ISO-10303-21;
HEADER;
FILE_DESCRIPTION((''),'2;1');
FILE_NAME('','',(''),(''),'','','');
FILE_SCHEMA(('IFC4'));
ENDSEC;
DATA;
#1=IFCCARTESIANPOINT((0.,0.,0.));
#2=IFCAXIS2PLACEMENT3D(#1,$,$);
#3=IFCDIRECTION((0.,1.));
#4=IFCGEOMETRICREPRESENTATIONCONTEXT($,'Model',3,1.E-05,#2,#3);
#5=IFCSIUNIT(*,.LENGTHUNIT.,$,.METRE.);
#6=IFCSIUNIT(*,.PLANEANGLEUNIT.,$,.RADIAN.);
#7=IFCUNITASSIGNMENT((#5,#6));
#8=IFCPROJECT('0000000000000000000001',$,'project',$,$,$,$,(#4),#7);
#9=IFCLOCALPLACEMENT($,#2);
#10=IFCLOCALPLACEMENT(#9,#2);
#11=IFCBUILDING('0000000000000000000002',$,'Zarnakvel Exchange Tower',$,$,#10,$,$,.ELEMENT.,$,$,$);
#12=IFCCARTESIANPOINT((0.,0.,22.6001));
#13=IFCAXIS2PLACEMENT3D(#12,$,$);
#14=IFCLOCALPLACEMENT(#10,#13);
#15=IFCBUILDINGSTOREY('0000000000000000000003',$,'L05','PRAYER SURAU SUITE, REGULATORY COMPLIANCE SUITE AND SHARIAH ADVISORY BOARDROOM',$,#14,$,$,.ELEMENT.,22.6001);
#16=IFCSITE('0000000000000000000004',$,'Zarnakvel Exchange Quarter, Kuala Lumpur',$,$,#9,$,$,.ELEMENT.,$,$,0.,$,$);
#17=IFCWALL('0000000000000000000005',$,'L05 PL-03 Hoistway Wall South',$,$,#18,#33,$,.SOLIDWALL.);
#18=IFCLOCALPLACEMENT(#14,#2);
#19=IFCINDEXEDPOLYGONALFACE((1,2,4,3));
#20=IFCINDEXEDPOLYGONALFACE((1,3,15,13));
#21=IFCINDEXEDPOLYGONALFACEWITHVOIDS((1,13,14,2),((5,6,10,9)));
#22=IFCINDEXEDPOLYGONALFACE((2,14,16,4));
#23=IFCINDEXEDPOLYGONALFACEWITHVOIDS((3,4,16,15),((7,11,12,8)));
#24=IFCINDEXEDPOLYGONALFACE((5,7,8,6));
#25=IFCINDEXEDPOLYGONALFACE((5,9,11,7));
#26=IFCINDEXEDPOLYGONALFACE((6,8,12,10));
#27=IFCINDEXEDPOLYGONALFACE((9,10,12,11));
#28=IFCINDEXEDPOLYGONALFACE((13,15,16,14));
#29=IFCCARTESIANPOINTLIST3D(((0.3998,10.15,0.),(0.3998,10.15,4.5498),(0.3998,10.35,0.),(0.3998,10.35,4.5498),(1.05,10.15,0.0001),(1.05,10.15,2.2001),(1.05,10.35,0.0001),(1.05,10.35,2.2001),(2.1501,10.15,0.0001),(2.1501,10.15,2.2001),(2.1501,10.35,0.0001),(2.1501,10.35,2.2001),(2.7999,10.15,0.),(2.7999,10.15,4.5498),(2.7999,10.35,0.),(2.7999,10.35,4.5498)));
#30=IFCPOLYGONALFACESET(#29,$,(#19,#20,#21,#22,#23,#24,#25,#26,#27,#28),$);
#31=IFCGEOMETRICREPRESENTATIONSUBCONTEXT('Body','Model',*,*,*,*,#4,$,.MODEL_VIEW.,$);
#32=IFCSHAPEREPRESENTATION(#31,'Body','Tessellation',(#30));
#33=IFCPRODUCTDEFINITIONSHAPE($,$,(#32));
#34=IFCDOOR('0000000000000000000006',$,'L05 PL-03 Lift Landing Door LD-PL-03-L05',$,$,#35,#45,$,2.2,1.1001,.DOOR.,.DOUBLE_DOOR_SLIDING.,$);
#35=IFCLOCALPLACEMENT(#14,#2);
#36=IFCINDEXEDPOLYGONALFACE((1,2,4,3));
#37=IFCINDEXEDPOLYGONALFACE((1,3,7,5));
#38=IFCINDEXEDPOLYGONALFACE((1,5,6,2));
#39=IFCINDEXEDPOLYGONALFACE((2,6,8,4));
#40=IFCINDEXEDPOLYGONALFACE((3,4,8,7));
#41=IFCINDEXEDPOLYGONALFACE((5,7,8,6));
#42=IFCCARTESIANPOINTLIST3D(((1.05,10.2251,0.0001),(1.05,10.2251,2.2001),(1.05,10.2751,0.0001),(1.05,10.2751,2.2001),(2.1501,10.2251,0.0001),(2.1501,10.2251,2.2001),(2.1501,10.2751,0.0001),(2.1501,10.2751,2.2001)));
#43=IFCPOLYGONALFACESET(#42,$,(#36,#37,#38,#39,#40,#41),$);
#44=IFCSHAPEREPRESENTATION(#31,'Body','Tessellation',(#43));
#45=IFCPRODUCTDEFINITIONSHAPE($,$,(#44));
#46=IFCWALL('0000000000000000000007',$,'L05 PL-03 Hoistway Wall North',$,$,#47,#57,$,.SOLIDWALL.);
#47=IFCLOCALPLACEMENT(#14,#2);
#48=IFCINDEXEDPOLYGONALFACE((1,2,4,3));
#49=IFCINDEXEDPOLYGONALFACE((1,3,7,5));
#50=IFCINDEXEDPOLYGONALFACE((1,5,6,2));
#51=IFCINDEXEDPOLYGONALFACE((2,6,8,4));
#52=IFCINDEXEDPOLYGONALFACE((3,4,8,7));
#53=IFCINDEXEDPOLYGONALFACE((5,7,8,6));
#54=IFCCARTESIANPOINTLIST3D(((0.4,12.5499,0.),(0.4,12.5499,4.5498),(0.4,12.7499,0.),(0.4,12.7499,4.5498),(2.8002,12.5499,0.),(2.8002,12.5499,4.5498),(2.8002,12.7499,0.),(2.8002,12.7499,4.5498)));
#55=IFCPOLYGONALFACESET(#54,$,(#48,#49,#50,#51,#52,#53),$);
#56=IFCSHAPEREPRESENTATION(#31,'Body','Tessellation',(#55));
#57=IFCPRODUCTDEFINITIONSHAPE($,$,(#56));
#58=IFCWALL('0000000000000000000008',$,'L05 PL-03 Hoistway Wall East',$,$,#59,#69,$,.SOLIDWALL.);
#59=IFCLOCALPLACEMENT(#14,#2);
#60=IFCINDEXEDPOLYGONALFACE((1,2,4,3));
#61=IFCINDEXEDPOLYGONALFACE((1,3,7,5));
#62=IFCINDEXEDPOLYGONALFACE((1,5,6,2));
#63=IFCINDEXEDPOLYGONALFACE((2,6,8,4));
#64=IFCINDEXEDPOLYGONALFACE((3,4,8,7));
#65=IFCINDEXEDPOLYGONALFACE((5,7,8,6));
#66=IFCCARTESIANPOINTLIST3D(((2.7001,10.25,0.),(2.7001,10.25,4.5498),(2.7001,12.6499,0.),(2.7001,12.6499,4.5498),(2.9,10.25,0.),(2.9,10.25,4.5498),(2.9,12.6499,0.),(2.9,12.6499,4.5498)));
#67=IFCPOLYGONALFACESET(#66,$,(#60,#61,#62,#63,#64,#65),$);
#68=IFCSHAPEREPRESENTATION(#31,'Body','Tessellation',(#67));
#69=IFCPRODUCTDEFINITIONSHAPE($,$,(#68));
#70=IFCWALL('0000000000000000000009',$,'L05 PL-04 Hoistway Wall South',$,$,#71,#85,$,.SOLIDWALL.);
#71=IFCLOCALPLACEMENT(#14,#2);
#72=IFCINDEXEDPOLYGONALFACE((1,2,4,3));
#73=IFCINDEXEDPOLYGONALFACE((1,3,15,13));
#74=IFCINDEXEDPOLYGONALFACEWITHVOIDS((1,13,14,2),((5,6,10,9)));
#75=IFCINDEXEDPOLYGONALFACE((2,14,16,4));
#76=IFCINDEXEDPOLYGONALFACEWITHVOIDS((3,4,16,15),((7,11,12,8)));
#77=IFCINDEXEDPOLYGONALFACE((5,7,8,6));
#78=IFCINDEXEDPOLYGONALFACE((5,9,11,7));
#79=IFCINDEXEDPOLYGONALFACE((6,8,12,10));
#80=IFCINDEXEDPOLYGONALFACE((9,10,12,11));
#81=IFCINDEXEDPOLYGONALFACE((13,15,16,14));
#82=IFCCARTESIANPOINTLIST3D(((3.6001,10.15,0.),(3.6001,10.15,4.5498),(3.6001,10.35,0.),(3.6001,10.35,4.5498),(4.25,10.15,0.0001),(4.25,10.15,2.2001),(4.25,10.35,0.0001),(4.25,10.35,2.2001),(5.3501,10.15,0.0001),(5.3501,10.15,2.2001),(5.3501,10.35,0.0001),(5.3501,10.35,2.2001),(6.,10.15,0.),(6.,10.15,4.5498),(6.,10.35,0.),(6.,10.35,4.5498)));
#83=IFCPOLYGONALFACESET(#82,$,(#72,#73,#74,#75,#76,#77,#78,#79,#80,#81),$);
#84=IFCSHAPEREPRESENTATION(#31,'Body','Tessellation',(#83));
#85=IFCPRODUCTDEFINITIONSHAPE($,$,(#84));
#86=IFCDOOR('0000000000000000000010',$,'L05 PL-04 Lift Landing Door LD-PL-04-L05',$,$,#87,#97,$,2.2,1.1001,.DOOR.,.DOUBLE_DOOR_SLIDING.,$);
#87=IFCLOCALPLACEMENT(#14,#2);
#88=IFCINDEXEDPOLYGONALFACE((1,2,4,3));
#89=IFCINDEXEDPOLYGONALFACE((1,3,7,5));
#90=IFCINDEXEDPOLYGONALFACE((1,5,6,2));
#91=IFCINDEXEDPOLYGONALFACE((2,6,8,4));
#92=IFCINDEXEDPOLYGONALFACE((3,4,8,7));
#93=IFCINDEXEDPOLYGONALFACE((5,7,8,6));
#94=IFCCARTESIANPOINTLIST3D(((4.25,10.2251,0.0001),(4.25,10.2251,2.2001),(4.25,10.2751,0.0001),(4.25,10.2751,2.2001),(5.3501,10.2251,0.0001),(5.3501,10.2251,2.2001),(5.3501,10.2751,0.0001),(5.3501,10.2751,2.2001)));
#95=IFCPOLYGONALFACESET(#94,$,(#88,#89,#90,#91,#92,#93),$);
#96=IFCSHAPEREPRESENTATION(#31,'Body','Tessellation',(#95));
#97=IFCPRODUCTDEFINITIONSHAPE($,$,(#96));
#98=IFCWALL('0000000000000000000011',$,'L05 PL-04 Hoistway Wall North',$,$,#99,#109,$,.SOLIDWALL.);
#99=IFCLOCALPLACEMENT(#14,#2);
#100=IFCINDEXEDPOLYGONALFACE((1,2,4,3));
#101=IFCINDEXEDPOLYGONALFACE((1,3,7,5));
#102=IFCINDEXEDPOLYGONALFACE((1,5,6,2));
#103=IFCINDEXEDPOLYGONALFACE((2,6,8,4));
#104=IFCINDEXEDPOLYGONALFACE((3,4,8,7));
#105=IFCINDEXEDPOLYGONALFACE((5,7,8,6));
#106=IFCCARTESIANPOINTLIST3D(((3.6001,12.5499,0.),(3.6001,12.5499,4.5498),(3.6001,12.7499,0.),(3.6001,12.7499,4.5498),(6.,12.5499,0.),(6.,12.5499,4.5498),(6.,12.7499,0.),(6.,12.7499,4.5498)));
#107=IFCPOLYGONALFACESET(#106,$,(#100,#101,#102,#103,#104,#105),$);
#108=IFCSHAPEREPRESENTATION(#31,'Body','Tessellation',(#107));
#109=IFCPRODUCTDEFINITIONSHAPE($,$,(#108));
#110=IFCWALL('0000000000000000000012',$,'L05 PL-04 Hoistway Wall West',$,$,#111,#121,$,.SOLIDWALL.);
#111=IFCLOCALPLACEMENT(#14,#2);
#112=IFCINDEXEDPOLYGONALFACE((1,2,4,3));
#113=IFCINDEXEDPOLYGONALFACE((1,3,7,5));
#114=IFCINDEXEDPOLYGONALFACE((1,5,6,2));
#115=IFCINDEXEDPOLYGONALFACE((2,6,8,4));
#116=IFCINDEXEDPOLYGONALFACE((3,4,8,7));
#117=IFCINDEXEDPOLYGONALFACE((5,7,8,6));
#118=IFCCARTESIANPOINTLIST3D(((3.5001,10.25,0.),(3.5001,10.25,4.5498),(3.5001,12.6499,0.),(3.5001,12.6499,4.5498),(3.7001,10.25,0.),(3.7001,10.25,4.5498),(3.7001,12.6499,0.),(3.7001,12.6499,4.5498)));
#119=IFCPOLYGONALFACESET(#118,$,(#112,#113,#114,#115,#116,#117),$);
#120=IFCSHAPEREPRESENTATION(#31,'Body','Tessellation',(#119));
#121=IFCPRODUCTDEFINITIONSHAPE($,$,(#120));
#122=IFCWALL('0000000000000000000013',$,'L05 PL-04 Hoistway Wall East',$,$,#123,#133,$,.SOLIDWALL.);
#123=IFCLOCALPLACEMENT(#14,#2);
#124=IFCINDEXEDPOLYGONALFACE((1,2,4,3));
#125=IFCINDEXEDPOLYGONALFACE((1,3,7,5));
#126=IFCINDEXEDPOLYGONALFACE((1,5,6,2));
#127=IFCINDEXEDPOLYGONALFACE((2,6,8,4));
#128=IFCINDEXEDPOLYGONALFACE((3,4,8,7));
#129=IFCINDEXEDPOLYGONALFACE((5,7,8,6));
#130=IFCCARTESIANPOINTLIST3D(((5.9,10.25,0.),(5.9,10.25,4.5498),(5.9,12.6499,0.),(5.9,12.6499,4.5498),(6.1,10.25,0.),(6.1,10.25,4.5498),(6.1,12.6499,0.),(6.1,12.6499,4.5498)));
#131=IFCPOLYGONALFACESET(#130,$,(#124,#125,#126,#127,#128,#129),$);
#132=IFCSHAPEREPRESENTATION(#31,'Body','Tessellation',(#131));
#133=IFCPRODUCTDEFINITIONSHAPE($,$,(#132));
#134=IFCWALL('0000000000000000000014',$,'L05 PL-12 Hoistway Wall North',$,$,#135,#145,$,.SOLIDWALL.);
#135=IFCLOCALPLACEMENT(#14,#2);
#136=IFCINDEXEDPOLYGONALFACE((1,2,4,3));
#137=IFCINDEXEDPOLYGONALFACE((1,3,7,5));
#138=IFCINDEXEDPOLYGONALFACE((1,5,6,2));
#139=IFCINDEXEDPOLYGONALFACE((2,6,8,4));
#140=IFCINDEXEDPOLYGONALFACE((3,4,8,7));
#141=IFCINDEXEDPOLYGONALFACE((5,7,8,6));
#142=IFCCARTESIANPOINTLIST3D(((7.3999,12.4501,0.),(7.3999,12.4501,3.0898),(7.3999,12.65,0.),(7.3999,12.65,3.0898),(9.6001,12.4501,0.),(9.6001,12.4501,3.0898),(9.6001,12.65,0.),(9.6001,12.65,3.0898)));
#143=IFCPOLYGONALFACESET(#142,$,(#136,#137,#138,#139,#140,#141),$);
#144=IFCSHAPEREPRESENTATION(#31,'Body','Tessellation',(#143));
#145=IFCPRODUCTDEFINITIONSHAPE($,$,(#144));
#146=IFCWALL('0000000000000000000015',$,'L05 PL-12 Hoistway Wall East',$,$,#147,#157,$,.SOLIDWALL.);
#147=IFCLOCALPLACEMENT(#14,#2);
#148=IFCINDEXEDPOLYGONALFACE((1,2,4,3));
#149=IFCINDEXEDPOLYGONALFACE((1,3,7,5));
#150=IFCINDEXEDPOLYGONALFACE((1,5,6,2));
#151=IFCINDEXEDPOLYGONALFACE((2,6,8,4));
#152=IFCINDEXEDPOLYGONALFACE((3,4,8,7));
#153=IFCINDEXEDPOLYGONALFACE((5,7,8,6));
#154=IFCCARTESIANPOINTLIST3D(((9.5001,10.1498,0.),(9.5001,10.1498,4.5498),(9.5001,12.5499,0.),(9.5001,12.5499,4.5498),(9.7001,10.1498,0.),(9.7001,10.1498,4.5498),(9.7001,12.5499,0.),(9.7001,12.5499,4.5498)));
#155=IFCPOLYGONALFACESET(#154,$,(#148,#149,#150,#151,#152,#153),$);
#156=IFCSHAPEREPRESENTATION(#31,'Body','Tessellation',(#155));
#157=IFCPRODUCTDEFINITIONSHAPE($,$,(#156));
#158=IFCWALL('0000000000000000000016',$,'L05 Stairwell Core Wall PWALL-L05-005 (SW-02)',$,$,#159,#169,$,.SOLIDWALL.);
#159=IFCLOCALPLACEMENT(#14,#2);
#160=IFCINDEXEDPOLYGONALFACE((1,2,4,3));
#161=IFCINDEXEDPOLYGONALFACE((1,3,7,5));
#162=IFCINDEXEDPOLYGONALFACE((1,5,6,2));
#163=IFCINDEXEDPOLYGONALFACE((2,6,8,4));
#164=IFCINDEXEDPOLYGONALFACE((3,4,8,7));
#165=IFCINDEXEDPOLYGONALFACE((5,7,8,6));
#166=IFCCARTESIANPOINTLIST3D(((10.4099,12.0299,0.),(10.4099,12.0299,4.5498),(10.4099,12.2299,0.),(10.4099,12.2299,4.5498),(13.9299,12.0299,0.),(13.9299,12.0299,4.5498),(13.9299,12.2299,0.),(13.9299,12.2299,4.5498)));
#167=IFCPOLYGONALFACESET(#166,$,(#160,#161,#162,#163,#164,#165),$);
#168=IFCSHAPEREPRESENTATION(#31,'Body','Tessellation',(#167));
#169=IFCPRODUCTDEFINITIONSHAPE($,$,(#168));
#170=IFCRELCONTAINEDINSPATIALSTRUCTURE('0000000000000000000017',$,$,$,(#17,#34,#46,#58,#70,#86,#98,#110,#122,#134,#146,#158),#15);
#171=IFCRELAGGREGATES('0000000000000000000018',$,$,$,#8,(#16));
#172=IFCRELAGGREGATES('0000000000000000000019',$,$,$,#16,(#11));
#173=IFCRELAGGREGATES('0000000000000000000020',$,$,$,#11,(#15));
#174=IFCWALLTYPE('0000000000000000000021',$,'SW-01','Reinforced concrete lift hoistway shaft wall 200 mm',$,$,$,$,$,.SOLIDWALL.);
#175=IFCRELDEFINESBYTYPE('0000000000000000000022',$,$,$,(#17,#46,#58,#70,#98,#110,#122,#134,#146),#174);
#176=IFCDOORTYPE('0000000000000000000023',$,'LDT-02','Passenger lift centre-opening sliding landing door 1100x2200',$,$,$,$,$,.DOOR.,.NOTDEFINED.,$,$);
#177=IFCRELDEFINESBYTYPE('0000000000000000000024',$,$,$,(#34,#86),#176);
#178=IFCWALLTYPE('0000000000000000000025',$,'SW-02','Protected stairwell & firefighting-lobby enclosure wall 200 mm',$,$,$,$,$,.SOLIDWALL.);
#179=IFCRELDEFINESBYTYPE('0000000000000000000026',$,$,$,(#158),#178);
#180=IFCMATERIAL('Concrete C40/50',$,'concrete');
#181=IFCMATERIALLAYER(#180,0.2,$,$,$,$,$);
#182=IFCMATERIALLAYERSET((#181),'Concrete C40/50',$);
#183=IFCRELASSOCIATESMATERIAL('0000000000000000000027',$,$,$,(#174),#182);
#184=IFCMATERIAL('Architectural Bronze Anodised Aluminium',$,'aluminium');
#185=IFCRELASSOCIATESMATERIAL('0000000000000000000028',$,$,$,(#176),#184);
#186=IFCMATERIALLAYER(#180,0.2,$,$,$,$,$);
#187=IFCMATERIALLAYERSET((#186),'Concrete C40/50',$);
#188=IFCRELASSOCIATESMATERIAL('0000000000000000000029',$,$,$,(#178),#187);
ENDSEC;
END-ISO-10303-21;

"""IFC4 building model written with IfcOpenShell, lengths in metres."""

from ifc_helpers import new_model, si_unit, direction, frame, frame_2d, origin, place, context, subcontext, project, spatial, rectangle, extrude, source, transform, mapped, material, layer, layer_set, type_object, element, fill, save


model = new_model("IFC4")

# Units and contexts
model_context = context("Model", 3, precision=1e-05, world=origin(), true_north=direction((0.0, 1.0)))
body_context = subcontext(model_context, "Body", "Model", "MODEL_VIEW")
ifc_project = project(units=[si_unit("LENGTHUNIT", "METRE"), si_unit("PLANEANGLEUNIT", "RADIAN")], contexts=[model_context])

# Site, building, storey
site_placement = place(None, origin())
site = spatial("IfcSite", under=ifc_project, at=site_placement, Name="Zarnakvel Exchange Quarter, Kuala Lumpur", CompositionType="ELEMENT", RefElevation=0.0)
building_placement = place(site_placement, origin())
building = spatial("IfcBuilding", under=site, at=building_placement, Name="Zarnakvel Exchange Tower", CompositionType="ELEMENT")
storey_placement = place(building_placement, frame((0.0, 0.0, 22.6001)))
storey = spatial("IfcBuildingStorey", under=building, at=storey_placement, Name="L05", Description="PRAYER SURAU SUITE, REGULATORY COMPLIANCE SUITE AND SHARIAH ADVISORY BOARDROOM", CompositionType="ELEMENT", Elevation=22.6001)

# Shared definitions
ifc_material_1 = material(Name="Architectural Bronze Anodised Aluminium", Category="aluminium")

# Wall, opening, door
ifc_material_2 = material(Name="Concrete C40/50", Category="concrete")
ifc_layer_1 = layer(ifc_material_2, 0.2)
ifc_layer_set_1 = layer_set([ifc_layer_1], Name="Concrete C40/50")
wall_type_1 = type_object("IfcWallType", Name="SW-01", Description="Reinforced concrete lift hoistway shaft wall 200 mm", PredefinedType="SOLIDWALL", material=ifc_layer_set_1)
wall_1_placement = place(storey_placement, frame((2.8, 10.25, 0.0), z_axis=(0.0, 0.0, 1.0), x_axis=(-1.0, 0.0, 0.0)))
wall_1 = element("IfcWall", 1, at=wall_1_placement, inside=storey, type_object=wall_type_1, Name="L05 PL-03 Hoistway Wall South", PredefinedType="SOLIDWALL", context=body_context, shape_type="SweptSolid", body=[
    extrude(rectangle(XDim=2.4001, YDim=0.2, at=frame_2d((1.2002, 0.0))), origin(), (0.0, 0.0, 1.0), 4.5498),
])
opening_1_placement = place(wall_1_placement, frame((0.6499, 0.0, 0.0)))
opening_1 = element("IfcOpeningElement", 2, at=opening_1_placement, cuts=wall_1, PredefinedType="OPENING", context=body_context, shape_type="SweptSolid", body=[
    extrude(rectangle(XDim=1.1001, YDim=2.2, at=frame_2d((0.55, 1.1001))), frame((0.0, 0.1099, 0.0), z_axis=(0.0, -1.0, 0.0), x_axis=(1.0, 0.0, 0.0)), (0.0, 0.0, 1.0), 0.22),
])
door_type = type_object("IfcDoorType", Name="LDT-02", Description="Passenger lift centre-opening sliding landing door 1100x2200", OperationType="NOTDEFINED", PredefinedType="DOOR", material=ifc_material_1)
shared_shape_1 = source(origin(), body_context, "Body", "SweptSolid", [
    extrude(rectangle(XDim=1.1001, YDim=2.2, at=frame_2d((0.55, 1.1001))), frame((0.0, 0.0249, 0.0), z_axis=(0.0, -1.0, 0.0), x_axis=(1.0, 0.0, 0.0)), (0.0, 0.0, 1.0), 0.05),
])
door_1_placement = place(opening_1_placement, origin())
door_1 = element("IfcDoor", 3, at=door_1_placement, inside=storey, type_object=door_type, Name="L05 PL-03 Lift Landing Door LD-PL-03-L05", OperationType="DOUBLE_DOOR_SLIDING", OverallHeight=2.2, OverallWidth=1.1001, PredefinedType="DOOR", context=body_context, shape_type="MappedRepresentation", body=[
    mapped(shared_shape_1, transform((0.0, 0.0, 0.0), x_axis=(1.0, 0.0, 0.0), y_axis=(0.0, 1.0, 0.0), z_axis=(0.0, 0.0, 1.0), scale=1.0)),
])
fill(opening_1, door_1)

# Walls
wall_2_placement = place(storey_placement, frame((0.3999, 12.6499, 0.0), z_axis=(0.0, 0.0, 1.0), x_axis=(1.0, 0.0, 0.0)))
element("IfcWall", 4, at=wall_2_placement, inside=storey, type_object=wall_type_1, Name="L05 PL-03 Hoistway Wall North", PredefinedType="SOLIDWALL", context=body_context, shape_type="SweptSolid", body=[
    extrude(rectangle(XDim=2.4001, YDim=0.2, at=frame_2d((1.2002, 0.0))), origin(), (0.0, 0.0, 1.0), 4.5498),
])
wall_3_placement = place(storey_placement, frame((2.8, 12.6499, 0.0), z_axis=(0.0, 0.0, 1.0), x_axis=(0.0, -1.0, 0.0)))
element("IfcWall", 5, at=wall_3_placement, inside=storey, type_object=wall_type_1, Name="L05 PL-03 Hoistway Wall East", PredefinedType="SOLIDWALL", context=body_context, shape_type="SweptSolid", body=[
    extrude(rectangle(XDim=2.3999, YDim=0.2, at=frame_2d((1.2, 0.0))), origin(), (0.0, 0.0, 1.0), 4.5498),
])

# Wall, opening, door
wall_4_placement = place(storey_placement, frame((6.0, 10.25, 0.0), z_axis=(0.0, 0.0, 1.0), x_axis=(-1.0, 0.0, 0.0)))
wall_4 = element("IfcWall", 6, at=wall_4_placement, inside=storey, type_object=wall_type_1, Name="L05 PL-04 Hoistway Wall South", PredefinedType="SOLIDWALL", context=body_context, shape_type="SweptSolid", body=[
    extrude(rectangle(XDim=2.3999, YDim=0.2, at=frame_2d((1.2, 0.0))), origin(), (0.0, 0.0, 1.0), 4.5498),
])
opening_2_placement = place(wall_4_placement, frame((0.6499, 0.0, 0.0)))
opening_2 = element("IfcOpeningElement", 7, at=opening_2_placement, cuts=wall_4, PredefinedType="OPENING", context=body_context, shape_type="SweptSolid", body=[
    extrude(rectangle(XDim=1.1001, YDim=2.2, at=frame_2d((0.55, 1.1001))), frame((0.0, 0.1099, 0.0), z_axis=(0.0, -1.0, 0.0), x_axis=(1.0, 0.0, 0.0)), (0.0, 0.0, 1.0), 0.22),
])
door_2_placement = place(opening_2_placement, origin())
door_2 = element("IfcDoor", 8, at=door_2_placement, inside=storey, type_object=door_type, Name="L05 PL-04 Lift Landing Door LD-PL-04-L05", OperationType="DOUBLE_DOOR_SLIDING", OverallHeight=2.2, OverallWidth=1.1001, PredefinedType="DOOR", context=body_context, shape_type="MappedRepresentation", body=[
    mapped(shared_shape_1, transform((0.0, 0.0, 0.0), x_axis=(1.0, 0.0, 0.0), y_axis=(0.0, 1.0, 0.0), z_axis=(0.0, 0.0, 1.0), scale=1.0)),
])
fill(opening_2, door_2)

# Walls
for number, where, z_axis, x_axis, name in (
    (9, (3.6001, 12.6499, 0.0), (0.0, 0.0, 1.0), (1.0, 0.0, 0.0), "L05 PL-04 Hoistway Wall North"),
    (10, (3.6001, 10.25, 0.0), (0.0, 0.0, 1.0), (0.0, 1.0, 0.0), "L05 PL-04 Hoistway Wall West"),
    (11, (6.0, 12.6499, 0.0), (0.0, 0.0, 1.0), (0.0, -1.0, 0.0), "L05 PL-04 Hoistway Wall East"),
):
    element("IfcWall", number, at=place(storey_placement, frame(where, z_axis=z_axis, x_axis=x_axis)), inside=storey, type_object=wall_type_1, Name=name, PredefinedType="SOLIDWALL", context=body_context, shape_type="SweptSolid", body=[
        extrude(rectangle(XDim=2.3999, YDim=0.2, at=frame_2d((1.2, 0.0))), origin(), (0.0, 0.0, 1.0), 4.5498),
    ])
wall_5_placement = place(storey_placement, frame((7.3999, 12.55, 0.0), z_axis=(0.0, 0.0, 1.0), x_axis=(1.0, 0.0, 0.0)))
element("IfcWall", 12, at=wall_5_placement, inside=storey, type_object=wall_type_1, Name="L05 PL-12 Hoistway Wall North", PredefinedType="SOLIDWALL", context=body_context, shape_type="SweptSolid", body=[
    extrude(rectangle(XDim=2.2002, YDim=0.2, at=frame_2d((1.1001, 0.0))), origin(), (0.0, 0.0, 1.0), 3.0898),
])
wall_6_placement = place(storey_placement, frame((9.6001, 12.55, 0.0), z_axis=(0.0, 0.0, 1.0), x_axis=(0.0, -1.0, 0.0)))
element("IfcWall", 13, at=wall_6_placement, inside=storey, type_object=wall_type_1, Name="L05 PL-12 Hoistway Wall East", PredefinedType="SOLIDWALL", context=body_context, shape_type="SweptSolid", body=[
    extrude(rectangle(XDim=2.4001, YDim=0.2, at=frame_2d((1.2002, 0.0))), origin(), (0.0, 0.0, 1.0), 4.5498),
])
ifc_layer_2 = layer(ifc_material_2, 0.2)
ifc_layer_set_2 = layer_set([ifc_layer_2], Name="Concrete C40/50")
wall_type_2 = type_object("IfcWallType", Name="SW-02", Description="Protected stairwell & firefighting-lobby enclosure wall 200 mm", PredefinedType="SOLIDWALL", material=ifc_layer_set_2)
wall_7_placement = place(storey_placement, frame((10.4099, 12.1299, 0.0), z_axis=(0.0, 0.0, 1.0), x_axis=(1.0, 0.0, 0.0)))
element("IfcWall", 14, at=wall_7_placement, inside=storey, type_object=wall_type_2, Name="L05 Stairwell Core Wall PWALL-L05-005 (SW-02)", PredefinedType="SOLIDWALL", context=body_context, shape_type="SweptSolid", body=[
    extrude(rectangle(XDim=3.52, YDim=0.2, at=frame_2d((1.76, 0.0))), origin(), (0.0, 0.0, 1.0), 4.5498),
])

save(model, "model.ifc")
